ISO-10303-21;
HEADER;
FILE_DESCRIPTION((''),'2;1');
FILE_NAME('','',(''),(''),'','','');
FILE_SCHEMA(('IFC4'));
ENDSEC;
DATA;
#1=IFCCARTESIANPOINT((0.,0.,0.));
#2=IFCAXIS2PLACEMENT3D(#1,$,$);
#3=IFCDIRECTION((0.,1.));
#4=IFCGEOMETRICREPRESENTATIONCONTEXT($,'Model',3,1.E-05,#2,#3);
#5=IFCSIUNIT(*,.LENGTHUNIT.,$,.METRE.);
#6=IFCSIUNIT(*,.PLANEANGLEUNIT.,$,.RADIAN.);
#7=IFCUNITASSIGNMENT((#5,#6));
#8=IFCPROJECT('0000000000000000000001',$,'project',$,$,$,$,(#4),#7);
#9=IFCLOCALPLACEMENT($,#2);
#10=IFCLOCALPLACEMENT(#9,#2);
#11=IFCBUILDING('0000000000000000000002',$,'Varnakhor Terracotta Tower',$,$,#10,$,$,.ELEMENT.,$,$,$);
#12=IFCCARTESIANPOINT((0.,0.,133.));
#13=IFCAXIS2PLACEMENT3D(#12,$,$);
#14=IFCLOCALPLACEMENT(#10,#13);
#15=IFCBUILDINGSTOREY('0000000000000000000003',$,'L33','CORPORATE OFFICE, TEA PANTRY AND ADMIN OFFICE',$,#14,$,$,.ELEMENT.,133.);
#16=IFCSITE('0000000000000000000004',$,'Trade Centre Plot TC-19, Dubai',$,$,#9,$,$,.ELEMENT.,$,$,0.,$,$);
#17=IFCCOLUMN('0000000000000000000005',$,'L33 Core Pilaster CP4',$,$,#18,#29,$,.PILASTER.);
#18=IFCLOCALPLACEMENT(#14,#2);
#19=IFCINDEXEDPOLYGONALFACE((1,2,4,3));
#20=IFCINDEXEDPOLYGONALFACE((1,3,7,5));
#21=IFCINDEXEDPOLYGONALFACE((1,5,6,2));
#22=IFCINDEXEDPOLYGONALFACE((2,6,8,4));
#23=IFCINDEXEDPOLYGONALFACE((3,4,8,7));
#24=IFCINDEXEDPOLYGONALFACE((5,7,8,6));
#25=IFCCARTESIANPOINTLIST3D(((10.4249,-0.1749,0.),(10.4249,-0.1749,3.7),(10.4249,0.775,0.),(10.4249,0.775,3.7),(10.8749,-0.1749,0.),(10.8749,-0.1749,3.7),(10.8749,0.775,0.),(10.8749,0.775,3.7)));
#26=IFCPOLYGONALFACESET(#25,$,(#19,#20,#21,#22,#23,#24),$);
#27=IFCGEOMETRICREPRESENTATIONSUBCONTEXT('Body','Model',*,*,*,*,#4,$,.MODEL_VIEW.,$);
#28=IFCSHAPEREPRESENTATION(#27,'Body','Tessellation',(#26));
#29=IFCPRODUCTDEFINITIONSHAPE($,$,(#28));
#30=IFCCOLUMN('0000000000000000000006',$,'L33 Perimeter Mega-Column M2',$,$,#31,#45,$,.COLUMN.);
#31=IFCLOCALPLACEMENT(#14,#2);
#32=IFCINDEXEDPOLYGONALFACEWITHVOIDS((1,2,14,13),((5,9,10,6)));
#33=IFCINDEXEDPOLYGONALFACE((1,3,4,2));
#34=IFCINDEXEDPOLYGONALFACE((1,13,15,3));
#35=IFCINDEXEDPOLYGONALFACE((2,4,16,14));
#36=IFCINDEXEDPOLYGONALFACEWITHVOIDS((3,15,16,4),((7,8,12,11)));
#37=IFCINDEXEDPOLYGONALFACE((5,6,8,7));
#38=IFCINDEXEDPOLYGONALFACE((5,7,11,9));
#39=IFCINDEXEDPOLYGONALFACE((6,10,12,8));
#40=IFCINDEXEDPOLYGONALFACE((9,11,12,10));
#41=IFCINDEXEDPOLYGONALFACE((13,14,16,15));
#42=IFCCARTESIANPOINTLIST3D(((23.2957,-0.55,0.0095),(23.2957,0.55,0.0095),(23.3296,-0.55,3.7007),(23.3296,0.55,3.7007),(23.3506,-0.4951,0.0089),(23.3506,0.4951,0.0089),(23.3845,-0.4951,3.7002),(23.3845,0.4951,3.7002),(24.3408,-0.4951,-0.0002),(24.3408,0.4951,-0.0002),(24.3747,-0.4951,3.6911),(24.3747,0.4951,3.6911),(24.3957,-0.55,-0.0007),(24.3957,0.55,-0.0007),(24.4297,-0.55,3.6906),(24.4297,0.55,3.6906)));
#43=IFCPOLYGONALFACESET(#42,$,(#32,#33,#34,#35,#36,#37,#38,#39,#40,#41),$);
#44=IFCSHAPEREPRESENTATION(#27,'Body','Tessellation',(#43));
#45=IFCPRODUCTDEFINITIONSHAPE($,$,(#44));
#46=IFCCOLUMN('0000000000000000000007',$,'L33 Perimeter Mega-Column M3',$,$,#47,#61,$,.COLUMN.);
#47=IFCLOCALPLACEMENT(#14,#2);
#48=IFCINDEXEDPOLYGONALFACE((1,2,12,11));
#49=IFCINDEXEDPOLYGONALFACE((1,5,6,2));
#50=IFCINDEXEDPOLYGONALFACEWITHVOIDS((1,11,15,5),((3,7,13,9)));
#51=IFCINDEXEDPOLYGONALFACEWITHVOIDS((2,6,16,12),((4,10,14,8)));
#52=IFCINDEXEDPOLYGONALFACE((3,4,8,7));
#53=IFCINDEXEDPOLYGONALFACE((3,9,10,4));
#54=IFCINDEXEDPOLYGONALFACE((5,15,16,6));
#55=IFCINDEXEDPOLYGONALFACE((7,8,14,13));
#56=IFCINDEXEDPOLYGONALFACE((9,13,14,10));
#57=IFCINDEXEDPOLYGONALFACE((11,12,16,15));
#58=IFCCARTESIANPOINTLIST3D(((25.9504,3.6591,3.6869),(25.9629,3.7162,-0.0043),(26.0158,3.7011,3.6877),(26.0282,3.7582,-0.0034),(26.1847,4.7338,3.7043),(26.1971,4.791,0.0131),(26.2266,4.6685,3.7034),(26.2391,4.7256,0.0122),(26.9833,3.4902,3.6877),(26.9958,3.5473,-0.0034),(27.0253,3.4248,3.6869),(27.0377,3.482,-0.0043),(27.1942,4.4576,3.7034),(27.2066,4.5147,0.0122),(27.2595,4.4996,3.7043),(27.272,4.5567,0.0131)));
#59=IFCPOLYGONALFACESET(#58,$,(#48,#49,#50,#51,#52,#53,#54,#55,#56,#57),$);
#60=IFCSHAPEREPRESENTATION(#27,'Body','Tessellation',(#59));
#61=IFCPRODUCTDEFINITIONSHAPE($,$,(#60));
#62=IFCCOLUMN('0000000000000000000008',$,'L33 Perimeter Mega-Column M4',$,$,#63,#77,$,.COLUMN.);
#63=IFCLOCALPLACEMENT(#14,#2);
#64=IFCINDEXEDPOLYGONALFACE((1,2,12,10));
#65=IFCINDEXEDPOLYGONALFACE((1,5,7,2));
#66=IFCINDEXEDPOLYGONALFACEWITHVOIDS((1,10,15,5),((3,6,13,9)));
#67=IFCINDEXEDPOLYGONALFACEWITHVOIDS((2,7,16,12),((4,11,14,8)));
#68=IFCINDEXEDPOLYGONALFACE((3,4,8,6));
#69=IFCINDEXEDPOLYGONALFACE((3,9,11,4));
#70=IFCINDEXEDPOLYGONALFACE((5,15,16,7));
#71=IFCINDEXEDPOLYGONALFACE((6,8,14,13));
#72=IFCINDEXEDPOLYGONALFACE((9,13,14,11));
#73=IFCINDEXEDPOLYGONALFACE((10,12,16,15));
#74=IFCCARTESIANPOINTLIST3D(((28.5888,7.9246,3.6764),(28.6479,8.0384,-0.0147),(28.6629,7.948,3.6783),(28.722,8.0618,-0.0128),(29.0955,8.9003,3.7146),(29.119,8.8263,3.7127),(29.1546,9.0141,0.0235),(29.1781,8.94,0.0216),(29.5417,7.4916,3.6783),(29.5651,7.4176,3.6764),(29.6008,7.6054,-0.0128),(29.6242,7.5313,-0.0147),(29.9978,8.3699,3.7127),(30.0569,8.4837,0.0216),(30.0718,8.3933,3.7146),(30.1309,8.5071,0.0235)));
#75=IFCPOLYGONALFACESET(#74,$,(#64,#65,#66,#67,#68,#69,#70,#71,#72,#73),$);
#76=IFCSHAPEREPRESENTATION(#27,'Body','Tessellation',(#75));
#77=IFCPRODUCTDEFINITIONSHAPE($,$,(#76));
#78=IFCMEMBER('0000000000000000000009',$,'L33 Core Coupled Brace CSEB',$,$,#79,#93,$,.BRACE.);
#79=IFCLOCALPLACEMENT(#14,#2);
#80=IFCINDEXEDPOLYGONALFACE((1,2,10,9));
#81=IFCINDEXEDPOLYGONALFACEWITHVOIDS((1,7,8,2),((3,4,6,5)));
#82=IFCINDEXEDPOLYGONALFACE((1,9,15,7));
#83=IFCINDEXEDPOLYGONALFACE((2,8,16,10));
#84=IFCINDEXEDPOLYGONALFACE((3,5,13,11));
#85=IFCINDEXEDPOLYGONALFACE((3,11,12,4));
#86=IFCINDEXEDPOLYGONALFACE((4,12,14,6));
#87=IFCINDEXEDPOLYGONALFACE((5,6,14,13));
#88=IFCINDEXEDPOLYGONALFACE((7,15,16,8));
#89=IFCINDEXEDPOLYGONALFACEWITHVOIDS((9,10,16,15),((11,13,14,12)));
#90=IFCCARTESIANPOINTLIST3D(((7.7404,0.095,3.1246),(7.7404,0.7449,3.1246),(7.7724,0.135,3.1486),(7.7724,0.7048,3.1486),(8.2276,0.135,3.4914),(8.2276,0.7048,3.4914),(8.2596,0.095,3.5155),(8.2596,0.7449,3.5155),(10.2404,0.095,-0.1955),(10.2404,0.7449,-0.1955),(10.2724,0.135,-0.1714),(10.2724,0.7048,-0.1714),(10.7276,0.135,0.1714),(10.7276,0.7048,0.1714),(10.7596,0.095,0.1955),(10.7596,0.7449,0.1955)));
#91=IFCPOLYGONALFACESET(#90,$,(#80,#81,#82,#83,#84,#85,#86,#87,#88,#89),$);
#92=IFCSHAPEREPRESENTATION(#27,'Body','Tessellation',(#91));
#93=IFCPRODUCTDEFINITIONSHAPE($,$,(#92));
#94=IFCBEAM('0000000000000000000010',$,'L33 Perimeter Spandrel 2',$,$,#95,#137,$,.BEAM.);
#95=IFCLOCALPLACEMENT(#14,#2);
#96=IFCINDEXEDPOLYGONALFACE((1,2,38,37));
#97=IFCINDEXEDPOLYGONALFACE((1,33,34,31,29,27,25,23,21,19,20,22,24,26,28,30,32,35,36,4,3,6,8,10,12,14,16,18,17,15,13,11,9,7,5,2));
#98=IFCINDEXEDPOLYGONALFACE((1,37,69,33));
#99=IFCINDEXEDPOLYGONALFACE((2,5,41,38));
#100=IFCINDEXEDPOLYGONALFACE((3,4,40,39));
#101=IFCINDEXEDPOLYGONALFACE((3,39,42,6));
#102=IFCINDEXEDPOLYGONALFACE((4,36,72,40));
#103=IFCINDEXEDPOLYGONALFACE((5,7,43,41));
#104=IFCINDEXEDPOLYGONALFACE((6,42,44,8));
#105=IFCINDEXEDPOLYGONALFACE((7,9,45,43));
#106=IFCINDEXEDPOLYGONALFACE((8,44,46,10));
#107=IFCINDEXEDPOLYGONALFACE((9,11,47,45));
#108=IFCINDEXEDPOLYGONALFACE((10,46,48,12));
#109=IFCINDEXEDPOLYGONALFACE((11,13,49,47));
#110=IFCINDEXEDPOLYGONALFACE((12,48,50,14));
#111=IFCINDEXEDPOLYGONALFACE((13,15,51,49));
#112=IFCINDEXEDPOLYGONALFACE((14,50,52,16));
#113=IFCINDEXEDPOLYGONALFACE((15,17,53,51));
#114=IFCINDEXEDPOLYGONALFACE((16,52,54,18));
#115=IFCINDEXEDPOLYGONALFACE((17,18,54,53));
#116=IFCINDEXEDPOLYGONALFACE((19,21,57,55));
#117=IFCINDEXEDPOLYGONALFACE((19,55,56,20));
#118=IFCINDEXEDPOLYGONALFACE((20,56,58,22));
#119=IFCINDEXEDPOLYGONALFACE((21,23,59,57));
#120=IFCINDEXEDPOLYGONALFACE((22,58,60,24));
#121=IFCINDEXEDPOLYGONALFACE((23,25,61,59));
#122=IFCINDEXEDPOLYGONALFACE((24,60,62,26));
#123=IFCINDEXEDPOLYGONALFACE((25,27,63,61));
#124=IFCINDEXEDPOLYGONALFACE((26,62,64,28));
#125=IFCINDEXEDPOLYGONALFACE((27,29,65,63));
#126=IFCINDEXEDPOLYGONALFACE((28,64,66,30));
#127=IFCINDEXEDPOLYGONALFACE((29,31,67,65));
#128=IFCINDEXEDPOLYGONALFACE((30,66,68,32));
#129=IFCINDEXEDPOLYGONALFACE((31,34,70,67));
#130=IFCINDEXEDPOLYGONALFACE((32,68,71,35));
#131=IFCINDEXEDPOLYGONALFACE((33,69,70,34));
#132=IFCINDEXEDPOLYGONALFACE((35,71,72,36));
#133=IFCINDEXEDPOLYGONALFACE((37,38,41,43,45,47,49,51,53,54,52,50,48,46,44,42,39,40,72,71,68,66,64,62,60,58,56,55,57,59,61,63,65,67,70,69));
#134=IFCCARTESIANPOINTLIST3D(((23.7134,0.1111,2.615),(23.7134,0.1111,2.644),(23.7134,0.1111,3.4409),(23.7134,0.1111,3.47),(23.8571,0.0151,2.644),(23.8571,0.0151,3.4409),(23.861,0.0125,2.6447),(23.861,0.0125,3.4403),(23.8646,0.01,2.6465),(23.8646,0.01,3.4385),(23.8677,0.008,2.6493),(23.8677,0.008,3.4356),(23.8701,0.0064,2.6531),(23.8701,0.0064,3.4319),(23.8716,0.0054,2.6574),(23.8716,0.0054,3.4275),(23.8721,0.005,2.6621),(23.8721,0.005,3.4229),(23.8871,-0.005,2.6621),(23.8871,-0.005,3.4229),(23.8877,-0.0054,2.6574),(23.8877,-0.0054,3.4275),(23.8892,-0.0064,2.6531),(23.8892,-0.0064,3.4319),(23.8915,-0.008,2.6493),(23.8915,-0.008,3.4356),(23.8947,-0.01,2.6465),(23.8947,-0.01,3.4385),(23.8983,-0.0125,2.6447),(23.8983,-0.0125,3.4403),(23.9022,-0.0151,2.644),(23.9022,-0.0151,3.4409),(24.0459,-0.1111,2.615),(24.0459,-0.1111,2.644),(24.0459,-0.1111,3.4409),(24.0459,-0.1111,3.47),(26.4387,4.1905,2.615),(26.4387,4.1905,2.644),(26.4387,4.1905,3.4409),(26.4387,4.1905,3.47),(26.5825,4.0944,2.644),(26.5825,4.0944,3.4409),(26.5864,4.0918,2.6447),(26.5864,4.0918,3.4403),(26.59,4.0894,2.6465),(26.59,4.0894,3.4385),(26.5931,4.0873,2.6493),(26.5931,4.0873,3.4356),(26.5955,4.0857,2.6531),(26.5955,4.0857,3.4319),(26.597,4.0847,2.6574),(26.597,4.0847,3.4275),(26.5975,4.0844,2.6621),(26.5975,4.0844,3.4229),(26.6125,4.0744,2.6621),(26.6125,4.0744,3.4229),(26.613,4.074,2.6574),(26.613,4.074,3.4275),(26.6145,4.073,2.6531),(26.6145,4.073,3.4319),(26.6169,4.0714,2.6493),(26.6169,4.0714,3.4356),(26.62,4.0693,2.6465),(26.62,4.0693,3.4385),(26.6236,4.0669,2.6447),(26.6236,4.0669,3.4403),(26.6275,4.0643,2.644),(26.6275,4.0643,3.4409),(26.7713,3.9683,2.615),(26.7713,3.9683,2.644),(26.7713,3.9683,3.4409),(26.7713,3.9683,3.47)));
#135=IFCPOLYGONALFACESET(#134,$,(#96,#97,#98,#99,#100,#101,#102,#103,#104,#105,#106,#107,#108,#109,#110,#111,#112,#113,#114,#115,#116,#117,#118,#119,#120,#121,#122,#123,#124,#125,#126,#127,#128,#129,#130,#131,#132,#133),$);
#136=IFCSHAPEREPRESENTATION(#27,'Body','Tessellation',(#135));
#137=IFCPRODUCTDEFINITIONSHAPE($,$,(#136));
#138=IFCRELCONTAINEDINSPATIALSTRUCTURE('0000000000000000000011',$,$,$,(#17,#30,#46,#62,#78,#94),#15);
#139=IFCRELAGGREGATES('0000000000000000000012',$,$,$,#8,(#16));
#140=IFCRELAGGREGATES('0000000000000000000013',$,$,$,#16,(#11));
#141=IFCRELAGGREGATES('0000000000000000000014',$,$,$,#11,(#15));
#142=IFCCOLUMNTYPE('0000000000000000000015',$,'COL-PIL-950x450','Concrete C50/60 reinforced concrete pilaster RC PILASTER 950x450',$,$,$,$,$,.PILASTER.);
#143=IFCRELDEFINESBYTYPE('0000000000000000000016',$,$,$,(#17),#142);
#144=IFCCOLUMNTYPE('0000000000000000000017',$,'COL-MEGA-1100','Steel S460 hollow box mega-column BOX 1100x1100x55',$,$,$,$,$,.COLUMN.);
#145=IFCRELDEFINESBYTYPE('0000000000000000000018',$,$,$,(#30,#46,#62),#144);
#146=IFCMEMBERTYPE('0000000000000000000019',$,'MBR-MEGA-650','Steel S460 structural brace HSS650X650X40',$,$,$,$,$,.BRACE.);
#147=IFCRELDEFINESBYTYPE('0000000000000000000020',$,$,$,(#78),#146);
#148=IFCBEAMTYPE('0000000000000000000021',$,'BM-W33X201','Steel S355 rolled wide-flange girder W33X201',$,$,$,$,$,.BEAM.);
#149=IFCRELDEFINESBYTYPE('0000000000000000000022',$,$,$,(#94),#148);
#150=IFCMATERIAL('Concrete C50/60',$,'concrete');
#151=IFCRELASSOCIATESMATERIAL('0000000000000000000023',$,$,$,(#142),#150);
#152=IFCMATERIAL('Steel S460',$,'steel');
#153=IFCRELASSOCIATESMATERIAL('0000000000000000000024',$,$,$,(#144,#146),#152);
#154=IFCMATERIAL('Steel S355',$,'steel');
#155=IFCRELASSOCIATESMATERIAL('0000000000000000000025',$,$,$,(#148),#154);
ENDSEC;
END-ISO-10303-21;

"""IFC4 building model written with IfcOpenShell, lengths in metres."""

from ifc_helpers import new_model, si_unit, direction, frame, origin, origin_2d, place, context, subcontext, project, spatial, rectangle, hollow_rectangle, i_section, extrude, source, transform, mapped, material, material_profile, profile_set, type_object, element, save


model = new_model("IFC4")

# Units and contexts
model_context = context("Model", 3, precision=1e-05, world=origin(), true_north=direction((0.0, 1.0)))
body_context = subcontext(model_context, "Body", "Model", "MODEL_VIEW")
ifc_project = project(units=[si_unit("LENGTHUNIT", "METRE"), si_unit("PLANEANGLEUNIT", "RADIAN")], contexts=[model_context])

# Site, building, storey
site_placement = place(None, origin())
site = spatial("IfcSite", under=ifc_project, at=site_placement, Name="Trade Centre Plot TC-19, Dubai", CompositionType="ELEMENT", RefElevation=0.0)
building_placement = place(site_placement, origin())
building = spatial("IfcBuilding", under=site, at=building_placement, Name="Varnakhor Terracotta Tower", CompositionType="ELEMENT")
storey_placement = place(building_placement, frame((0.0, 0.0, 133.0)))
storey = spatial("IfcBuildingStorey", under=building, at=storey_placement, Name="L33", Description="CORPORATE OFFICE, TEA PANTRY AND ADMIN OFFICE", CompositionType="ELEMENT", Elevation=133.0)

# Columns
ifc_material_1 = material(Name="Concrete C50/60", Category="concrete")
ifc_material_profile_1 = material_profile(ifc_material_1, rectangle(XDim=0.45, YDim=0.95, at=origin_2d()), Name="RC PILASTER 950x450")
ifc_profile_set_1 = profile_set([ifc_material_profile_1], Name="Concrete C50/60")
column_type_1 = type_object("IfcColumnType", Name="COL-PIL-950x450", Description="Concrete C50/60 reinforced concrete pilaster RC PILASTER 950x450", PredefinedType="PILASTER", material=ifc_profile_set_1)
shared_shape_1 = source(origin(), body_context, "Body", "SweptSolid", [
    extrude(rectangle(XDim=0.45, YDim=0.95, at=origin_2d()), origin(), (0.0, 0.0, 1.0), 3.7),
])
column_1_placement = place(storey_placement, frame((10.6499, 0.3, 0.0), z_axis=(0.0, 0.0, 1.0), x_axis=(1.0, 0.0, 0.0)))
element("IfcColumn", 1, at=column_1_placement, inside=storey, type_object=column_type_1, Name="L33 Core Pilaster CP4", PredefinedType="PILASTER", context=body_context, shape_type="MappedRepresentation", body=[
    mapped(shared_shape_1, transform((0.0, 0.0, 0.0), scale=1.0)),
])
ifc_material_2 = material(Name="Steel S460", Category="steel")
ifc_material_profile_2 = material_profile(ifc_material_2, hollow_rectangle(XDim=1.1001, YDim=1.1001, WallThickness=0.0549, at=origin_2d()), Name="BOX 1100x1100x55")
ifc_profile_set_2 = profile_set([ifc_material_profile_2], Name="Steel S460")
column_type_2 = type_object("IfcColumnType", Name="COL-MEGA-1100", Description="Steel S460 hollow box mega-column BOX 1100x1100x55", PredefinedType="COLUMN", material=ifc_profile_set_2)
shared_shape_2 = source(origin(), body_context, "Body", "SweptSolid", [
    extrude(hollow_rectangle(XDim=1.1001, YDim=1.1001, WallThickness=0.0549, at=origin_2d()), origin(), (0.0, 0.0, 1.0), 3.6914),
])
column_2_placement = place(storey_placement, frame((23.8457, 0.0, 0.0044), z_axis=(0.009193, 0.0, 0.999958), x_axis=(0.0, 1.0, 0.0)))
element("IfcColumn", 2, at=column_2_placement, inside=storey, type_object=column_type_2, Name="L33 Perimeter Mega-Column M2", PredefinedType="COLUMN", context=body_context, shape_type="MappedRepresentation", body=[
    mapped(shared_shape_2, transform((0.0, 0.0, 0.0), scale=1.0)),
])
shared_shape_3 = source(origin(), body_context, "Body", "SweptSolid", [
    extrude(hollow_rectangle(XDim=1.1001, YDim=1.1001, WallThickness=0.0549, at=origin_2d()), origin(), (0.0, 0.0, 1.0), 3.6917),
])
column_3_placement = place(storey_placement, frame((26.6174, 4.1365, 0.0044), z_axis=(-0.003373, -0.015475, 0.999875), x_axis=(0.977063, -0.21295, 0.0)))
element("IfcColumn", 3, at=column_3_placement, inside=storey, type_object=column_type_2, Name="L33 Perimeter Mega-Column M3", PredefinedType="COLUMN", context=body_context, shape_type="MappedRepresentation", body=[
    mapped(shared_shape_3, transform((0.0, 0.0, 0.0), scale=1.0)),
])
shared_shape_4 = source(origin(), body_context, "Body", "SweptSolid", [
    extrude(hollow_rectangle(XDim=1.1001, YDim=1.1001, WallThickness=0.0549, at=origin_2d()), origin(), (0.0, 0.0, 1.0), 3.6934),
])
column_4_placement = place(storey_placement, frame((29.3894, 8.2727, 0.0044), z_axis=(-0.015997, -0.030804, 0.999397), x_axis=(0.887466, -0.460873, 0.0)))
element("IfcColumn", 4, at=column_4_placement, inside=storey, type_object=column_type_2, Name="L33 Perimeter Mega-Column M4", PredefinedType="COLUMN", context=body_context, shape_type="MappedRepresentation", body=[
    mapped(shared_shape_4, transform((0.0, 0.0, 0.0), scale=1.0)),
])

# Member
ifc_material_profile_3 = material_profile(ifc_material_2, hollow_rectangle(XDim=0.6499, YDim=0.6499, WallThickness=0.04, at=origin_2d()), Name="HSS650X650X40")
ifc_profile_set_3 = profile_set([ifc_material_profile_3], Name="Steel S460")
member_type_1 = type_object("IfcMemberType", Name="MBR-MEGA-650", Description="Steel S460 structural brace HSS650X650X40", PredefinedType="BRACE", material=ifc_profile_set_3)
shared_shape_5 = source(origin(), body_context, "Body", "SweptSolid", [
    extrude(hollow_rectangle(XDim=0.6499, YDim=0.6499, WallThickness=0.04, at=origin_2d()), origin(), (0.0, 0.0, 1.0), 4.156),
])
member_1_placement = place(storey_placement, frame((10.5, 0.4199, 0.0), z_axis=(-0.601531, 0.0, 0.79885), x_axis=(0.0, -1.0, 0.0)))
element("IfcMember", 5, at=member_1_placement, inside=storey, type_object=member_type_1, Name="L33 Core Coupled Brace CSEB", PredefinedType="BRACE", context=body_context, shape_type="MappedRepresentation", body=[
    mapped(shared_shape_5, transform((0.0, 0.0, 0.0), scale=1.0)),
])

# Beam
ifc_material_3 = material(Name="Steel S355", Category="steel")
ifc_material_profile_4 = material_profile(ifc_material_3, i_section(OverallWidth=0.3999, OverallDepth=0.855, WebThickness=0.0181, FlangeThickness=0.0291, FilletRadius=0.0181, at=origin_2d()), Name="W33X201")
ifc_profile_set_4 = profile_set([ifc_material_profile_4], Name="Steel S355")
beam_type_1 = type_object("IfcBeamType", Name="BM-W33X201", Description="Steel S355 rolled wide-flange girder W33X201", PredefinedType="BEAM", material=ifc_profile_set_4)
shared_shape_6 = source(origin(), body_context, "Body", "SweptSolid", [
    extrude(i_section(OverallWidth=0.3999, OverallDepth=0.855, WebThickness=0.0181, FlangeThickness=0.0291, FilletRadius=0.0181, at=origin_2d()), origin(), (0.0, 0.0, 1.0), 4.906),
])
beam_1_placement = place(storey_placement, frame((23.8796, 0.0, 3.0425), z_axis=(0.555515, 0.831506, 0.0), x_axis=(-0.831506, 0.555515, 0.0)))
element("IfcBeam", 6, at=beam_1_placement, inside=storey, type_object=beam_type_1, Name="L33 Perimeter Spandrel 2", PredefinedType="BEAM", context=body_context, shape_type="MappedRepresentation", body=[
    mapped(shared_shape_6, transform((0.0, 0.0, 0.0), scale=1.0)),
])

save(model, "model.ifc")
